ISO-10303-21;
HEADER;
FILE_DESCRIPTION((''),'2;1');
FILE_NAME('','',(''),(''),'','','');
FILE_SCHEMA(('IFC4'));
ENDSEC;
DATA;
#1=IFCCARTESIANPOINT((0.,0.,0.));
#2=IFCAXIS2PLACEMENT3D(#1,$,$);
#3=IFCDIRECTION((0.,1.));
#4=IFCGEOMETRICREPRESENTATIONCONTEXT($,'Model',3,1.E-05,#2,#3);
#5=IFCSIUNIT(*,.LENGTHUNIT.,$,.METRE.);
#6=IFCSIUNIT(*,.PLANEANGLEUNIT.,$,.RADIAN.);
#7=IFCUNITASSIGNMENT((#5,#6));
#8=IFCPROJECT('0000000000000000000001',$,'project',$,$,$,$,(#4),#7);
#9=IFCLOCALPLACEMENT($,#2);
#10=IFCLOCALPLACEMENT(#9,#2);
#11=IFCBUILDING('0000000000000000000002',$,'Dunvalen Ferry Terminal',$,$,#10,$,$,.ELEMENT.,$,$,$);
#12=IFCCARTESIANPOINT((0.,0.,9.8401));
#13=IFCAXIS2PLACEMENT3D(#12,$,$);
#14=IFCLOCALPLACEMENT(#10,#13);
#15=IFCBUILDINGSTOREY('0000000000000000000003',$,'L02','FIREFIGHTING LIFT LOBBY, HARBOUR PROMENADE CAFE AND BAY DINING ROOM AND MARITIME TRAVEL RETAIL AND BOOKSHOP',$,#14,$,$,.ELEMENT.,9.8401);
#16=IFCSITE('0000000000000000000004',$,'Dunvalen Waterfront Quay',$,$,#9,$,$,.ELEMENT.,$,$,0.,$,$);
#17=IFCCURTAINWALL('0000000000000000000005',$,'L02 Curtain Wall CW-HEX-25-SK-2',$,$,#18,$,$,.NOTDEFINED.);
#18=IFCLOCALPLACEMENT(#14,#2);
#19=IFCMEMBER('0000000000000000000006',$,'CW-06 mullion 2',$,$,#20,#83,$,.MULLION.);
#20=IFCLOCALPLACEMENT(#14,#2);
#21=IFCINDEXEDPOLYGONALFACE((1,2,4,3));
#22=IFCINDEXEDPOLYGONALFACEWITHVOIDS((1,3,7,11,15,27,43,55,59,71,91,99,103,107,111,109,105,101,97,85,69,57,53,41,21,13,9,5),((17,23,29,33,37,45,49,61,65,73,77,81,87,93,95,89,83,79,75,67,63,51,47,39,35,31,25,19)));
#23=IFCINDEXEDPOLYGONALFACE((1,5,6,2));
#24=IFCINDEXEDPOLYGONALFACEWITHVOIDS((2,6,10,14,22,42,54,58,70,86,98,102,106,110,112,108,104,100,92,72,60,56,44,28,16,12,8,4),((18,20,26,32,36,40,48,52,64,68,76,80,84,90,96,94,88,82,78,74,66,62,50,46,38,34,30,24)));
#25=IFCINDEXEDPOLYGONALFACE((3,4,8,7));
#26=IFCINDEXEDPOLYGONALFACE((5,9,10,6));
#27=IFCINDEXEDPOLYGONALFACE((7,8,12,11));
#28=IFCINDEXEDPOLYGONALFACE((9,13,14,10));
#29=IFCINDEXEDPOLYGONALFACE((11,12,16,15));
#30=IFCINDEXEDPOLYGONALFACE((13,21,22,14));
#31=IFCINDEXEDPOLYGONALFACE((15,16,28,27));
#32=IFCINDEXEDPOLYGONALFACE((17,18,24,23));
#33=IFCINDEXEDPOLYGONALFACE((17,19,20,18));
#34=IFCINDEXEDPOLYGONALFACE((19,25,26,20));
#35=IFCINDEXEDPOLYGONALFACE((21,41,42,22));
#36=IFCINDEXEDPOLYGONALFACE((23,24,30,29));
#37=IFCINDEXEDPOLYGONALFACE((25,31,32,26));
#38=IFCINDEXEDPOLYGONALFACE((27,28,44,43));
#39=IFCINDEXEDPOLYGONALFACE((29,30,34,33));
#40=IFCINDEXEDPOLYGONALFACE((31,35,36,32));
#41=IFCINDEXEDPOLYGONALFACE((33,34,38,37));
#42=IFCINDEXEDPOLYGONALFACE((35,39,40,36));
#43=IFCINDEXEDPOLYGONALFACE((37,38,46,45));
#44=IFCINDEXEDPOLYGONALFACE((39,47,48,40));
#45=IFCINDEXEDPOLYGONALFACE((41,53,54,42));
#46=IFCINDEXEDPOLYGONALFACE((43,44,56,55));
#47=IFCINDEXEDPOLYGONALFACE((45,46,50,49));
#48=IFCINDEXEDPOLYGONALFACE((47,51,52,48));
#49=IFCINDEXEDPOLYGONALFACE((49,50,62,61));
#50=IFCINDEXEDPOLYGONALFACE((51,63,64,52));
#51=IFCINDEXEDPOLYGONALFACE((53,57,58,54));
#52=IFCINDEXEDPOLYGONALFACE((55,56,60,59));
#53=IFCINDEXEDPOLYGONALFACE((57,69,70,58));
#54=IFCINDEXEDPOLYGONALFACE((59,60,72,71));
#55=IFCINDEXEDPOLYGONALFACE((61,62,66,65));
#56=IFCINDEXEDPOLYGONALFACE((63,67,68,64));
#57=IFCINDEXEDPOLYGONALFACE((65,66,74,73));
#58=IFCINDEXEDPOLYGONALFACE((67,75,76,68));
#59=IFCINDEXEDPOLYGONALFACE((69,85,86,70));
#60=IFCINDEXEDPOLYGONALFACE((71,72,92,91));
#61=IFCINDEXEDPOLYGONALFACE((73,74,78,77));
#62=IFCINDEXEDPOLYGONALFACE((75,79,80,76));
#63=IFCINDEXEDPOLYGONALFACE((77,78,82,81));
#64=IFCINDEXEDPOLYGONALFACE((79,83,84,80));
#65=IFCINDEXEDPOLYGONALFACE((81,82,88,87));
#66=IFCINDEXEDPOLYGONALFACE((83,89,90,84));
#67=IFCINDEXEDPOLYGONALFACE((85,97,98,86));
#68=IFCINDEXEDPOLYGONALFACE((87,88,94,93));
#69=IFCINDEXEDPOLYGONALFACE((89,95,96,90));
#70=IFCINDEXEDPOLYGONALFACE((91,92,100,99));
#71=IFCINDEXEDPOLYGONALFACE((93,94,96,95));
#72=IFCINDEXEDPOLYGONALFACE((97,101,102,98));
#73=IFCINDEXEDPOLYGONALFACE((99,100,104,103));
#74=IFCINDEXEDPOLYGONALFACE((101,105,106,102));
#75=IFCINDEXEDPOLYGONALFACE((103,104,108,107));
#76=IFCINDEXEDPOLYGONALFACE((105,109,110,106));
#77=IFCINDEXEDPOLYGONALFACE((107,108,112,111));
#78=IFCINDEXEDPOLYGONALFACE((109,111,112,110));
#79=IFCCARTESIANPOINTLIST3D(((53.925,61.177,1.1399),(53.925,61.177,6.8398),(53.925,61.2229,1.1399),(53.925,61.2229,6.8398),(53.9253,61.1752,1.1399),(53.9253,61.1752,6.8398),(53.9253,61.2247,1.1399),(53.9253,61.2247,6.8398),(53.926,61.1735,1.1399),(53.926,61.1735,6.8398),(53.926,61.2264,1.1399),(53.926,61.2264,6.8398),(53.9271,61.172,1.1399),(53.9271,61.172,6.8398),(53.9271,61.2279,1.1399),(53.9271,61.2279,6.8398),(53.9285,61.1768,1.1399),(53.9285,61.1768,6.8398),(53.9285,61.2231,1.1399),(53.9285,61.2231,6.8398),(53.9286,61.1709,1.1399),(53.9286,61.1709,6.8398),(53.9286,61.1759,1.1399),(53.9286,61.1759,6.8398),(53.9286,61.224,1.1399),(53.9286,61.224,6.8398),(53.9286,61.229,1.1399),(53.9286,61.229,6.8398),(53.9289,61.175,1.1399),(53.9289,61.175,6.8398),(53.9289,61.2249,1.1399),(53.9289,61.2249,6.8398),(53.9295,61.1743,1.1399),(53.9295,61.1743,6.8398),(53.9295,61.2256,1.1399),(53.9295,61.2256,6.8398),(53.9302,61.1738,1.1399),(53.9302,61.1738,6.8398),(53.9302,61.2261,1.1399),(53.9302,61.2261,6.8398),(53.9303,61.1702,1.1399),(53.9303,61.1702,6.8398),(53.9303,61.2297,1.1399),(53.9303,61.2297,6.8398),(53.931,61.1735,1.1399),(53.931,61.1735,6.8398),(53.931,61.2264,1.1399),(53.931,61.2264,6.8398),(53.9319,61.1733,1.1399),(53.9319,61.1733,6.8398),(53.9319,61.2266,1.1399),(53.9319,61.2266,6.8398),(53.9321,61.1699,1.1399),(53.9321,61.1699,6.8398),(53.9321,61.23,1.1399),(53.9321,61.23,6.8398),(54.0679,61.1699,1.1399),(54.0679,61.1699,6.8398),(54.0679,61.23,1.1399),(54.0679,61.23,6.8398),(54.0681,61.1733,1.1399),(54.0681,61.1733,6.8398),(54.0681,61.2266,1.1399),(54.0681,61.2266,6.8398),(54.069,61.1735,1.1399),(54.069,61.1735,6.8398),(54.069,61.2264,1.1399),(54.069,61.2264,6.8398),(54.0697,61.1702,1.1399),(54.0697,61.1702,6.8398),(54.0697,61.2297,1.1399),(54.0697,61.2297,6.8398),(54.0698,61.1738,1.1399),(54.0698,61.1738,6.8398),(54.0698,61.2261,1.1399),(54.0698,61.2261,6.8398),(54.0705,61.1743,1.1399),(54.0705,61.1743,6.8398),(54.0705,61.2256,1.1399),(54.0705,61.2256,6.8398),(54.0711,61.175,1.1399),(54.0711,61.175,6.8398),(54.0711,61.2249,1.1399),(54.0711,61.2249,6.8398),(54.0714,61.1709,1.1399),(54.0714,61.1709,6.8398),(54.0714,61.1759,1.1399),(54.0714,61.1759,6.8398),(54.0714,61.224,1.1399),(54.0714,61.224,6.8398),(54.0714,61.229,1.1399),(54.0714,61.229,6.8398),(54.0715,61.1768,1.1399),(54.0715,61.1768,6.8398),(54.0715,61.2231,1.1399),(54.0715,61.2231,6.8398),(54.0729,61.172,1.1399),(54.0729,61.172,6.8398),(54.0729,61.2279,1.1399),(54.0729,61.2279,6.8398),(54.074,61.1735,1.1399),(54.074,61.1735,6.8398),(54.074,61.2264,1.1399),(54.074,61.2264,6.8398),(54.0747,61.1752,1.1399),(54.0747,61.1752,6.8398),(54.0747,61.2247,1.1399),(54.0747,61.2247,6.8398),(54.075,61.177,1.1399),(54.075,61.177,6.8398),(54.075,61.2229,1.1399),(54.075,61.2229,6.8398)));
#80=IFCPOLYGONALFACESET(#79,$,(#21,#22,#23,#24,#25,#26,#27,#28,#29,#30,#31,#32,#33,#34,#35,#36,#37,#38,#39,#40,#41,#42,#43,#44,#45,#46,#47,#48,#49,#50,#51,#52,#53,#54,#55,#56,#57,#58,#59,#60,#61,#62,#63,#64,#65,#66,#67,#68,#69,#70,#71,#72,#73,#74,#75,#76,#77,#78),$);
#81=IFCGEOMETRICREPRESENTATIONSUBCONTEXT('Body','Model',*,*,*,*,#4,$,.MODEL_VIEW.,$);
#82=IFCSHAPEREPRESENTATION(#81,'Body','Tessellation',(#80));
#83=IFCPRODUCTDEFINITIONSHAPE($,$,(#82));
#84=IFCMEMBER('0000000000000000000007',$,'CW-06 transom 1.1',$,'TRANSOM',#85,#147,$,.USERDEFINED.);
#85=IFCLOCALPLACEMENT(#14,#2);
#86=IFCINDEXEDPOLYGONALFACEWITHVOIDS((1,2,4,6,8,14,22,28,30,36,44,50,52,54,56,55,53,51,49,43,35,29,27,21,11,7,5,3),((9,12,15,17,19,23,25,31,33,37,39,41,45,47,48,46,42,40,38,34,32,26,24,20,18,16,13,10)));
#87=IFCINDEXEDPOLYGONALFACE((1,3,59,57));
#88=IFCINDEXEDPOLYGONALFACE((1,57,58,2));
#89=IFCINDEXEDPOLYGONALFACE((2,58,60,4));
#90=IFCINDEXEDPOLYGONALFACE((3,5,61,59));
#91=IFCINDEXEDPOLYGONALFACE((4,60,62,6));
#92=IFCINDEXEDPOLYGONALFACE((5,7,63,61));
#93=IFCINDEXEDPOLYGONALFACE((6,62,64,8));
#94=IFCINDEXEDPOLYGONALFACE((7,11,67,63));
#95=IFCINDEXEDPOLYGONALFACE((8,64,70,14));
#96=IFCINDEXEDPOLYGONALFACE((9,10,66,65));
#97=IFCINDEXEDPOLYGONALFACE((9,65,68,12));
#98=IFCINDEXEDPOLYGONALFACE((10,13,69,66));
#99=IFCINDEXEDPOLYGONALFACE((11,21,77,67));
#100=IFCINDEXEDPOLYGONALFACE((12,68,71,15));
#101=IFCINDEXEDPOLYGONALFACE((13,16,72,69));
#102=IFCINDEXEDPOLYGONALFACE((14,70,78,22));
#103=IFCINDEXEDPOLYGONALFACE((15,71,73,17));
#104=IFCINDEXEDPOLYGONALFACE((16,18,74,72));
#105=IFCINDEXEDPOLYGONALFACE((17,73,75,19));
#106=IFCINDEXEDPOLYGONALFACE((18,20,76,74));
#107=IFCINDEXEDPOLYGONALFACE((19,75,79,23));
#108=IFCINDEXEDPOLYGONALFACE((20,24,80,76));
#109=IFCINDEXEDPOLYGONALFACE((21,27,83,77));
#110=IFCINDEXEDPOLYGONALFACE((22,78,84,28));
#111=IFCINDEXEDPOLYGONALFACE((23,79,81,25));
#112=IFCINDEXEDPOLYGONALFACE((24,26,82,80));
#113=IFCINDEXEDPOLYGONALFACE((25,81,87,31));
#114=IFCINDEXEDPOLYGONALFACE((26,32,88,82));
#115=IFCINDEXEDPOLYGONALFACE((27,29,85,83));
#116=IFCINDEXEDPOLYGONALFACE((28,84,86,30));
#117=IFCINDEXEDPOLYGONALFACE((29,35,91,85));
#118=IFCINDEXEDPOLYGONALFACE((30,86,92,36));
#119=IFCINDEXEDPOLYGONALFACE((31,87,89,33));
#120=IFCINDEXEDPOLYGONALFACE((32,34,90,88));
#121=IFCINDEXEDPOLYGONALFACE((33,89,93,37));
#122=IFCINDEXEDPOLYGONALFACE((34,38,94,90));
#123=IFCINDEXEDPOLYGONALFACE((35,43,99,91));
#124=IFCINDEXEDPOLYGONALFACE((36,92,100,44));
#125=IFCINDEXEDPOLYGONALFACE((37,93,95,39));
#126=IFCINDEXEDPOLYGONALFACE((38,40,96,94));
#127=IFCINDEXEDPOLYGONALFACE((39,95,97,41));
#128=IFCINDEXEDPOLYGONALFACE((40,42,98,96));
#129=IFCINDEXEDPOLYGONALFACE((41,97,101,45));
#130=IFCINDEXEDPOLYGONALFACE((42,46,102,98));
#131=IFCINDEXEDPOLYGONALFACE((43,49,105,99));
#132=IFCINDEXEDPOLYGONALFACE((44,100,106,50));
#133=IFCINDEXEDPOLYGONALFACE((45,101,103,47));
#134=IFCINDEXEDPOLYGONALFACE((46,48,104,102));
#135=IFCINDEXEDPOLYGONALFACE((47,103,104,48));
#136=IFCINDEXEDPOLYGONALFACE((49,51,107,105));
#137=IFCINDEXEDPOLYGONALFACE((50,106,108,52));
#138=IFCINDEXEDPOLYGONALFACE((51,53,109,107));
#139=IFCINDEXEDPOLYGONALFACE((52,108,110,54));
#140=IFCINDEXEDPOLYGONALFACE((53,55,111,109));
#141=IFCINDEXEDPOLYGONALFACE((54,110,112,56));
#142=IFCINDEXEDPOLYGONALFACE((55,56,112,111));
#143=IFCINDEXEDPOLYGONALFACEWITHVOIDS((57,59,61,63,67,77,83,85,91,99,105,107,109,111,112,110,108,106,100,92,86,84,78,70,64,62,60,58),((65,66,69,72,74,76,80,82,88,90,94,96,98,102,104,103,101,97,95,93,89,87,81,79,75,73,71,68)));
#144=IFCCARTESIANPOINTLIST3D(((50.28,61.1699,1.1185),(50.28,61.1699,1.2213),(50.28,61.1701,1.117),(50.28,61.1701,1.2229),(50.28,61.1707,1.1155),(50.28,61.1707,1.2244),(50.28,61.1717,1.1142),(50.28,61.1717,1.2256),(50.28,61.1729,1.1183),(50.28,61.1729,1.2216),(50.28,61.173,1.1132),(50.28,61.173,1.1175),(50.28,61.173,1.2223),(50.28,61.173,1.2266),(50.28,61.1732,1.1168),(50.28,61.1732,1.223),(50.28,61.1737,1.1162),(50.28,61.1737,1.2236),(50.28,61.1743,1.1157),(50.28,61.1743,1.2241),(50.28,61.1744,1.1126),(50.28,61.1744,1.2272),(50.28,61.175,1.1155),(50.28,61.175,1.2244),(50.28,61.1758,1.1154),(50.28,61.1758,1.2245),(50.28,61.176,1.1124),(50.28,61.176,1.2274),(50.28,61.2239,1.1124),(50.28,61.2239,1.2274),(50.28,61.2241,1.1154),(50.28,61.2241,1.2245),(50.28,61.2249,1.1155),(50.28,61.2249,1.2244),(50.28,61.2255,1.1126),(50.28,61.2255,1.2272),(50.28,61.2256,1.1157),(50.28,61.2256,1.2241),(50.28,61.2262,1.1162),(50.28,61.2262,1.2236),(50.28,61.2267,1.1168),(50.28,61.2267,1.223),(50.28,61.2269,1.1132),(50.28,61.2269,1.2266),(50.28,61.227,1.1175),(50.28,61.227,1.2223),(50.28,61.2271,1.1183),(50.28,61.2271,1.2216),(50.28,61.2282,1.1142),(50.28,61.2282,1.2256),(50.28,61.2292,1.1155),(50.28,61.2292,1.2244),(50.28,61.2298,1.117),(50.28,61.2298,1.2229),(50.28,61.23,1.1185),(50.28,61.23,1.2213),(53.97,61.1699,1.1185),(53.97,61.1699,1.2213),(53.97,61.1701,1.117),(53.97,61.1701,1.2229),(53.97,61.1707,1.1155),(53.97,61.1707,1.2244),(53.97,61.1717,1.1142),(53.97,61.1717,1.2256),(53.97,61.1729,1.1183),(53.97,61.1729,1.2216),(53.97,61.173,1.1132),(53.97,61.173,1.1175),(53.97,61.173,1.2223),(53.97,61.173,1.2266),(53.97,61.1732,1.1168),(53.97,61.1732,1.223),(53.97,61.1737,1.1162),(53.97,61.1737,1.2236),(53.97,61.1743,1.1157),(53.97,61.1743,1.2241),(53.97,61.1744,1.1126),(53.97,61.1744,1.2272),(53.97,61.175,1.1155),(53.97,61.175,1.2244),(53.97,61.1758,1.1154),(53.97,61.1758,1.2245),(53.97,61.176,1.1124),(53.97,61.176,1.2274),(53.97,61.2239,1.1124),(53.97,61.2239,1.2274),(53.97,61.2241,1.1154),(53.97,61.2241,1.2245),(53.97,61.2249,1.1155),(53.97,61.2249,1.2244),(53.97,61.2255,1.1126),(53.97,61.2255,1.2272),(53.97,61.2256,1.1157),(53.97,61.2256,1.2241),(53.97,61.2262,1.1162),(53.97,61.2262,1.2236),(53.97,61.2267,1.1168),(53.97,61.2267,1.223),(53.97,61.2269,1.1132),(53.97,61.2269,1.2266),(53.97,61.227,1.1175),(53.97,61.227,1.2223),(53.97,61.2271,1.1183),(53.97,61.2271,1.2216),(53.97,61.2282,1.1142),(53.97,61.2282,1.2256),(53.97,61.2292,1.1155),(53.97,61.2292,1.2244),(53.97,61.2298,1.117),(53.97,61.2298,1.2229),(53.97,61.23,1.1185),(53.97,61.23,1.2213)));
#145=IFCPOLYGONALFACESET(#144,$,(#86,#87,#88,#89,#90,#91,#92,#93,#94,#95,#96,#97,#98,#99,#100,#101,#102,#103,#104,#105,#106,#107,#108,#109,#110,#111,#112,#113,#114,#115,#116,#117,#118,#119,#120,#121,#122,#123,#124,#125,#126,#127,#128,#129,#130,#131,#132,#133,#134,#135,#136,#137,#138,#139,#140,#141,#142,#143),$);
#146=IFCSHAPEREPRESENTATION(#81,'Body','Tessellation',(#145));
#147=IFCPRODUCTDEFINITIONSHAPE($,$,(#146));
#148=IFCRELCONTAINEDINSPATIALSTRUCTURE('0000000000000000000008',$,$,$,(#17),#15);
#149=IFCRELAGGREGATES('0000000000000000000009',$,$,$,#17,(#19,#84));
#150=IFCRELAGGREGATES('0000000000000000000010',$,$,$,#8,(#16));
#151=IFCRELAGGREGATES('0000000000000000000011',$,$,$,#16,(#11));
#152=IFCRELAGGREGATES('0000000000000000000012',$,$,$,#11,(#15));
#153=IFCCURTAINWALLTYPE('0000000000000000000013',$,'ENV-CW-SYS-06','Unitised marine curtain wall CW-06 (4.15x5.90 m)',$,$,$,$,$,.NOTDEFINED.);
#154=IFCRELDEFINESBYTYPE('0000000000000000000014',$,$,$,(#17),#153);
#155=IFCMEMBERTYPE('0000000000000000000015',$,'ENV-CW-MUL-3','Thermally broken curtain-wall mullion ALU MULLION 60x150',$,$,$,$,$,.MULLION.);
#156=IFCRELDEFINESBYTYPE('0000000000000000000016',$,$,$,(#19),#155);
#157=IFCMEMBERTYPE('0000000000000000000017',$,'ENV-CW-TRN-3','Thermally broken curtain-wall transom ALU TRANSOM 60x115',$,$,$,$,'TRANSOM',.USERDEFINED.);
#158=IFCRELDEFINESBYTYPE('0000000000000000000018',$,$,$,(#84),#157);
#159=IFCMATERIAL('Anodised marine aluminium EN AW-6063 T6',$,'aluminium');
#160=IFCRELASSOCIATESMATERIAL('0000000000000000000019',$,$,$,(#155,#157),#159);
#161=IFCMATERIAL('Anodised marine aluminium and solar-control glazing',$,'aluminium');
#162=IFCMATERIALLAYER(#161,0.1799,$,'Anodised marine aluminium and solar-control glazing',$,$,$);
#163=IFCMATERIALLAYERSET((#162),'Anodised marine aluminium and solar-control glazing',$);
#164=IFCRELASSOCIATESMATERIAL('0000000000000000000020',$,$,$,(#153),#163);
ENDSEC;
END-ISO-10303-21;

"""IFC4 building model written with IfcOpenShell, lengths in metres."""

from ifc_helpers import new_model, si_unit, direction, frame, origin, origin_2d, place, context, subcontext, project, spatial, hollow_rectangle, extrude, material, layer, layer_set, material_profile, profile_set, type_object, element, aggregate, save


model = new_model("IFC4")

# Units and contexts
model_context = context("Model", 3, precision=1e-05, world=origin(), true_north=direction((0.0, 1.0)))
body_context = subcontext(model_context, "Body", "Model", "MODEL_VIEW")
ifc_project = project(units=[si_unit("LENGTHUNIT", "METRE"), si_unit("PLANEANGLEUNIT", "RADIAN")], contexts=[model_context])

# Site, building, storey
site_placement = place(None, origin())
site = spatial("IfcSite", under=ifc_project, at=site_placement, Name="Dunvalen Waterfront Quay", CompositionType="ELEMENT", RefElevation=0.0)
building_placement = place(site_placement, origin())
building = spatial("IfcBuilding", under=site, at=building_placement, Name="Dunvalen Ferry Terminal", CompositionType="ELEMENT")
storey_placement = place(building_placement, frame((0.0, 0.0, 9.8401)))
storey = spatial("IfcBuildingStorey", under=building, at=storey_placement, Name="L02", Description="FIREFIGHTING LIFT LOBBY, HARBOUR PROMENADE CAFE AND BAY DINING ROOM AND MARITIME TRAVEL RETAIL AND BOOKSHOP", CompositionType="ELEMENT", Elevation=9.8401)

# Shared definitions
ifc_material_1 = material(Name="Anodised marine aluminium and solar-control glazing", Category="aluminium")
ifc_material_2 = material(Name="Anodised marine aluminium EN AW-6063 T6", Category="aluminium")
ifc_material_profile_1 = material_profile(ifc_material_2, hollow_rectangle(XDim=0.0601, YDim=0.1499, WallThickness=0.0034, InnerFilletRadius=0.0034, OuterFilletRadius=0.0071, at=origin_2d()), Name="Anodised marine aluminium EN AW-6063 T6")
ifc_profile_set_1 = profile_set([ifc_material_profile_1], Name="Anodised marine aluminium EN AW-6063 T6")
member_type_1 = type_object("IfcMemberType", Name="ENV-CW-MUL-3", Description="Thermally broken curtain-wall mullion ALU MULLION 60x150", PredefinedType="MULLION", material=ifc_profile_set_1)

# Curtain wall, members
ifc_layer_1 = layer(ifc_material_1, 0.1799, Name="Anodised marine aluminium and solar-control glazing")
ifc_layer_set_1 = layer_set([ifc_layer_1], Name="Anodised marine aluminium and solar-control glazing")
curtain_wall_type_1 = type_object("IfcCurtainWallType", Name="ENV-CW-SYS-06", Description="Unitised marine curtain wall CW-06 (4.15x5.90 m)", PredefinedType="NOTDEFINED", material=ifc_layer_set_1)
curtain_wall_1_placement = place(storey_placement, origin())
curtain_wall_1 = element("IfcCurtainWall", 1, at=curtain_wall_1_placement, inside=storey, type_object=curtain_wall_type_1, Name="L02 Curtain Wall CW-HEX-25-SK-2", PredefinedType="NOTDEFINED")
member_1_placement = place(storey_placement, frame((54.0, 61.2, 1.1399), z_axis=(0.0, 0.0, 1.0), x_axis=(0.0, 1.0, 0.0)))
member_1 = element("IfcMember", 2, at=member_1_placement, type_object=member_type_1, Name="CW-06 mullion 2", PredefinedType="MULLION", context=body_context, shape_type="SweptSolid", body=[
    extrude(hollow_rectangle(XDim=0.0601, YDim=0.1499, WallThickness=0.0034, InnerFilletRadius=0.0034, OuterFilletRadius=0.0071, at=origin_2d()), origin(), (0.0, 0.0, 1.0), 5.7),
])
ifc_material_profile_2 = material_profile(ifc_material_2, hollow_rectangle(XDim=0.0601, YDim=0.115, WallThickness=0.0029, InnerFilletRadius=0.0029, OuterFilletRadius=0.0061, at=origin_2d()), Name="Anodised marine aluminium EN AW-6063 T6")
ifc_profile_set_2 = profile_set([ifc_material_profile_2], Name="Anodised marine aluminium EN AW-6063 T6")
member_type_2 = type_object("IfcMemberType", Name="ENV-CW-TRN-3", Description="Thermally broken curtain-wall transom ALU TRANSOM 60x115", ElementType="TRANSOM", PredefinedType="USERDEFINED", material=ifc_profile_set_2)
member_2_placement = place(storey_placement, frame((50.28, 61.2, 1.1699), z_axis=(1.0, 0.0, 0.0), x_axis=(0.0, 1.0, 0.0)))
member_2 = element("IfcMember", 3, at=member_2_placement, type_object=member_type_2, Name="CW-06 transom 1.1", ObjectType="TRANSOM", PredefinedType="USERDEFINED", context=body_context, shape_type="SweptSolid", body=[
    extrude(hollow_rectangle(XDim=0.0601, YDim=0.115, WallThickness=0.0029, InnerFilletRadius=0.0029, OuterFilletRadius=0.0061, at=origin_2d()), origin(), (0.0, 0.0, 1.0), 3.6899),
])

aggregate(curtain_wall_1, [member_1, member_2])

save(model, "model.ifc")
